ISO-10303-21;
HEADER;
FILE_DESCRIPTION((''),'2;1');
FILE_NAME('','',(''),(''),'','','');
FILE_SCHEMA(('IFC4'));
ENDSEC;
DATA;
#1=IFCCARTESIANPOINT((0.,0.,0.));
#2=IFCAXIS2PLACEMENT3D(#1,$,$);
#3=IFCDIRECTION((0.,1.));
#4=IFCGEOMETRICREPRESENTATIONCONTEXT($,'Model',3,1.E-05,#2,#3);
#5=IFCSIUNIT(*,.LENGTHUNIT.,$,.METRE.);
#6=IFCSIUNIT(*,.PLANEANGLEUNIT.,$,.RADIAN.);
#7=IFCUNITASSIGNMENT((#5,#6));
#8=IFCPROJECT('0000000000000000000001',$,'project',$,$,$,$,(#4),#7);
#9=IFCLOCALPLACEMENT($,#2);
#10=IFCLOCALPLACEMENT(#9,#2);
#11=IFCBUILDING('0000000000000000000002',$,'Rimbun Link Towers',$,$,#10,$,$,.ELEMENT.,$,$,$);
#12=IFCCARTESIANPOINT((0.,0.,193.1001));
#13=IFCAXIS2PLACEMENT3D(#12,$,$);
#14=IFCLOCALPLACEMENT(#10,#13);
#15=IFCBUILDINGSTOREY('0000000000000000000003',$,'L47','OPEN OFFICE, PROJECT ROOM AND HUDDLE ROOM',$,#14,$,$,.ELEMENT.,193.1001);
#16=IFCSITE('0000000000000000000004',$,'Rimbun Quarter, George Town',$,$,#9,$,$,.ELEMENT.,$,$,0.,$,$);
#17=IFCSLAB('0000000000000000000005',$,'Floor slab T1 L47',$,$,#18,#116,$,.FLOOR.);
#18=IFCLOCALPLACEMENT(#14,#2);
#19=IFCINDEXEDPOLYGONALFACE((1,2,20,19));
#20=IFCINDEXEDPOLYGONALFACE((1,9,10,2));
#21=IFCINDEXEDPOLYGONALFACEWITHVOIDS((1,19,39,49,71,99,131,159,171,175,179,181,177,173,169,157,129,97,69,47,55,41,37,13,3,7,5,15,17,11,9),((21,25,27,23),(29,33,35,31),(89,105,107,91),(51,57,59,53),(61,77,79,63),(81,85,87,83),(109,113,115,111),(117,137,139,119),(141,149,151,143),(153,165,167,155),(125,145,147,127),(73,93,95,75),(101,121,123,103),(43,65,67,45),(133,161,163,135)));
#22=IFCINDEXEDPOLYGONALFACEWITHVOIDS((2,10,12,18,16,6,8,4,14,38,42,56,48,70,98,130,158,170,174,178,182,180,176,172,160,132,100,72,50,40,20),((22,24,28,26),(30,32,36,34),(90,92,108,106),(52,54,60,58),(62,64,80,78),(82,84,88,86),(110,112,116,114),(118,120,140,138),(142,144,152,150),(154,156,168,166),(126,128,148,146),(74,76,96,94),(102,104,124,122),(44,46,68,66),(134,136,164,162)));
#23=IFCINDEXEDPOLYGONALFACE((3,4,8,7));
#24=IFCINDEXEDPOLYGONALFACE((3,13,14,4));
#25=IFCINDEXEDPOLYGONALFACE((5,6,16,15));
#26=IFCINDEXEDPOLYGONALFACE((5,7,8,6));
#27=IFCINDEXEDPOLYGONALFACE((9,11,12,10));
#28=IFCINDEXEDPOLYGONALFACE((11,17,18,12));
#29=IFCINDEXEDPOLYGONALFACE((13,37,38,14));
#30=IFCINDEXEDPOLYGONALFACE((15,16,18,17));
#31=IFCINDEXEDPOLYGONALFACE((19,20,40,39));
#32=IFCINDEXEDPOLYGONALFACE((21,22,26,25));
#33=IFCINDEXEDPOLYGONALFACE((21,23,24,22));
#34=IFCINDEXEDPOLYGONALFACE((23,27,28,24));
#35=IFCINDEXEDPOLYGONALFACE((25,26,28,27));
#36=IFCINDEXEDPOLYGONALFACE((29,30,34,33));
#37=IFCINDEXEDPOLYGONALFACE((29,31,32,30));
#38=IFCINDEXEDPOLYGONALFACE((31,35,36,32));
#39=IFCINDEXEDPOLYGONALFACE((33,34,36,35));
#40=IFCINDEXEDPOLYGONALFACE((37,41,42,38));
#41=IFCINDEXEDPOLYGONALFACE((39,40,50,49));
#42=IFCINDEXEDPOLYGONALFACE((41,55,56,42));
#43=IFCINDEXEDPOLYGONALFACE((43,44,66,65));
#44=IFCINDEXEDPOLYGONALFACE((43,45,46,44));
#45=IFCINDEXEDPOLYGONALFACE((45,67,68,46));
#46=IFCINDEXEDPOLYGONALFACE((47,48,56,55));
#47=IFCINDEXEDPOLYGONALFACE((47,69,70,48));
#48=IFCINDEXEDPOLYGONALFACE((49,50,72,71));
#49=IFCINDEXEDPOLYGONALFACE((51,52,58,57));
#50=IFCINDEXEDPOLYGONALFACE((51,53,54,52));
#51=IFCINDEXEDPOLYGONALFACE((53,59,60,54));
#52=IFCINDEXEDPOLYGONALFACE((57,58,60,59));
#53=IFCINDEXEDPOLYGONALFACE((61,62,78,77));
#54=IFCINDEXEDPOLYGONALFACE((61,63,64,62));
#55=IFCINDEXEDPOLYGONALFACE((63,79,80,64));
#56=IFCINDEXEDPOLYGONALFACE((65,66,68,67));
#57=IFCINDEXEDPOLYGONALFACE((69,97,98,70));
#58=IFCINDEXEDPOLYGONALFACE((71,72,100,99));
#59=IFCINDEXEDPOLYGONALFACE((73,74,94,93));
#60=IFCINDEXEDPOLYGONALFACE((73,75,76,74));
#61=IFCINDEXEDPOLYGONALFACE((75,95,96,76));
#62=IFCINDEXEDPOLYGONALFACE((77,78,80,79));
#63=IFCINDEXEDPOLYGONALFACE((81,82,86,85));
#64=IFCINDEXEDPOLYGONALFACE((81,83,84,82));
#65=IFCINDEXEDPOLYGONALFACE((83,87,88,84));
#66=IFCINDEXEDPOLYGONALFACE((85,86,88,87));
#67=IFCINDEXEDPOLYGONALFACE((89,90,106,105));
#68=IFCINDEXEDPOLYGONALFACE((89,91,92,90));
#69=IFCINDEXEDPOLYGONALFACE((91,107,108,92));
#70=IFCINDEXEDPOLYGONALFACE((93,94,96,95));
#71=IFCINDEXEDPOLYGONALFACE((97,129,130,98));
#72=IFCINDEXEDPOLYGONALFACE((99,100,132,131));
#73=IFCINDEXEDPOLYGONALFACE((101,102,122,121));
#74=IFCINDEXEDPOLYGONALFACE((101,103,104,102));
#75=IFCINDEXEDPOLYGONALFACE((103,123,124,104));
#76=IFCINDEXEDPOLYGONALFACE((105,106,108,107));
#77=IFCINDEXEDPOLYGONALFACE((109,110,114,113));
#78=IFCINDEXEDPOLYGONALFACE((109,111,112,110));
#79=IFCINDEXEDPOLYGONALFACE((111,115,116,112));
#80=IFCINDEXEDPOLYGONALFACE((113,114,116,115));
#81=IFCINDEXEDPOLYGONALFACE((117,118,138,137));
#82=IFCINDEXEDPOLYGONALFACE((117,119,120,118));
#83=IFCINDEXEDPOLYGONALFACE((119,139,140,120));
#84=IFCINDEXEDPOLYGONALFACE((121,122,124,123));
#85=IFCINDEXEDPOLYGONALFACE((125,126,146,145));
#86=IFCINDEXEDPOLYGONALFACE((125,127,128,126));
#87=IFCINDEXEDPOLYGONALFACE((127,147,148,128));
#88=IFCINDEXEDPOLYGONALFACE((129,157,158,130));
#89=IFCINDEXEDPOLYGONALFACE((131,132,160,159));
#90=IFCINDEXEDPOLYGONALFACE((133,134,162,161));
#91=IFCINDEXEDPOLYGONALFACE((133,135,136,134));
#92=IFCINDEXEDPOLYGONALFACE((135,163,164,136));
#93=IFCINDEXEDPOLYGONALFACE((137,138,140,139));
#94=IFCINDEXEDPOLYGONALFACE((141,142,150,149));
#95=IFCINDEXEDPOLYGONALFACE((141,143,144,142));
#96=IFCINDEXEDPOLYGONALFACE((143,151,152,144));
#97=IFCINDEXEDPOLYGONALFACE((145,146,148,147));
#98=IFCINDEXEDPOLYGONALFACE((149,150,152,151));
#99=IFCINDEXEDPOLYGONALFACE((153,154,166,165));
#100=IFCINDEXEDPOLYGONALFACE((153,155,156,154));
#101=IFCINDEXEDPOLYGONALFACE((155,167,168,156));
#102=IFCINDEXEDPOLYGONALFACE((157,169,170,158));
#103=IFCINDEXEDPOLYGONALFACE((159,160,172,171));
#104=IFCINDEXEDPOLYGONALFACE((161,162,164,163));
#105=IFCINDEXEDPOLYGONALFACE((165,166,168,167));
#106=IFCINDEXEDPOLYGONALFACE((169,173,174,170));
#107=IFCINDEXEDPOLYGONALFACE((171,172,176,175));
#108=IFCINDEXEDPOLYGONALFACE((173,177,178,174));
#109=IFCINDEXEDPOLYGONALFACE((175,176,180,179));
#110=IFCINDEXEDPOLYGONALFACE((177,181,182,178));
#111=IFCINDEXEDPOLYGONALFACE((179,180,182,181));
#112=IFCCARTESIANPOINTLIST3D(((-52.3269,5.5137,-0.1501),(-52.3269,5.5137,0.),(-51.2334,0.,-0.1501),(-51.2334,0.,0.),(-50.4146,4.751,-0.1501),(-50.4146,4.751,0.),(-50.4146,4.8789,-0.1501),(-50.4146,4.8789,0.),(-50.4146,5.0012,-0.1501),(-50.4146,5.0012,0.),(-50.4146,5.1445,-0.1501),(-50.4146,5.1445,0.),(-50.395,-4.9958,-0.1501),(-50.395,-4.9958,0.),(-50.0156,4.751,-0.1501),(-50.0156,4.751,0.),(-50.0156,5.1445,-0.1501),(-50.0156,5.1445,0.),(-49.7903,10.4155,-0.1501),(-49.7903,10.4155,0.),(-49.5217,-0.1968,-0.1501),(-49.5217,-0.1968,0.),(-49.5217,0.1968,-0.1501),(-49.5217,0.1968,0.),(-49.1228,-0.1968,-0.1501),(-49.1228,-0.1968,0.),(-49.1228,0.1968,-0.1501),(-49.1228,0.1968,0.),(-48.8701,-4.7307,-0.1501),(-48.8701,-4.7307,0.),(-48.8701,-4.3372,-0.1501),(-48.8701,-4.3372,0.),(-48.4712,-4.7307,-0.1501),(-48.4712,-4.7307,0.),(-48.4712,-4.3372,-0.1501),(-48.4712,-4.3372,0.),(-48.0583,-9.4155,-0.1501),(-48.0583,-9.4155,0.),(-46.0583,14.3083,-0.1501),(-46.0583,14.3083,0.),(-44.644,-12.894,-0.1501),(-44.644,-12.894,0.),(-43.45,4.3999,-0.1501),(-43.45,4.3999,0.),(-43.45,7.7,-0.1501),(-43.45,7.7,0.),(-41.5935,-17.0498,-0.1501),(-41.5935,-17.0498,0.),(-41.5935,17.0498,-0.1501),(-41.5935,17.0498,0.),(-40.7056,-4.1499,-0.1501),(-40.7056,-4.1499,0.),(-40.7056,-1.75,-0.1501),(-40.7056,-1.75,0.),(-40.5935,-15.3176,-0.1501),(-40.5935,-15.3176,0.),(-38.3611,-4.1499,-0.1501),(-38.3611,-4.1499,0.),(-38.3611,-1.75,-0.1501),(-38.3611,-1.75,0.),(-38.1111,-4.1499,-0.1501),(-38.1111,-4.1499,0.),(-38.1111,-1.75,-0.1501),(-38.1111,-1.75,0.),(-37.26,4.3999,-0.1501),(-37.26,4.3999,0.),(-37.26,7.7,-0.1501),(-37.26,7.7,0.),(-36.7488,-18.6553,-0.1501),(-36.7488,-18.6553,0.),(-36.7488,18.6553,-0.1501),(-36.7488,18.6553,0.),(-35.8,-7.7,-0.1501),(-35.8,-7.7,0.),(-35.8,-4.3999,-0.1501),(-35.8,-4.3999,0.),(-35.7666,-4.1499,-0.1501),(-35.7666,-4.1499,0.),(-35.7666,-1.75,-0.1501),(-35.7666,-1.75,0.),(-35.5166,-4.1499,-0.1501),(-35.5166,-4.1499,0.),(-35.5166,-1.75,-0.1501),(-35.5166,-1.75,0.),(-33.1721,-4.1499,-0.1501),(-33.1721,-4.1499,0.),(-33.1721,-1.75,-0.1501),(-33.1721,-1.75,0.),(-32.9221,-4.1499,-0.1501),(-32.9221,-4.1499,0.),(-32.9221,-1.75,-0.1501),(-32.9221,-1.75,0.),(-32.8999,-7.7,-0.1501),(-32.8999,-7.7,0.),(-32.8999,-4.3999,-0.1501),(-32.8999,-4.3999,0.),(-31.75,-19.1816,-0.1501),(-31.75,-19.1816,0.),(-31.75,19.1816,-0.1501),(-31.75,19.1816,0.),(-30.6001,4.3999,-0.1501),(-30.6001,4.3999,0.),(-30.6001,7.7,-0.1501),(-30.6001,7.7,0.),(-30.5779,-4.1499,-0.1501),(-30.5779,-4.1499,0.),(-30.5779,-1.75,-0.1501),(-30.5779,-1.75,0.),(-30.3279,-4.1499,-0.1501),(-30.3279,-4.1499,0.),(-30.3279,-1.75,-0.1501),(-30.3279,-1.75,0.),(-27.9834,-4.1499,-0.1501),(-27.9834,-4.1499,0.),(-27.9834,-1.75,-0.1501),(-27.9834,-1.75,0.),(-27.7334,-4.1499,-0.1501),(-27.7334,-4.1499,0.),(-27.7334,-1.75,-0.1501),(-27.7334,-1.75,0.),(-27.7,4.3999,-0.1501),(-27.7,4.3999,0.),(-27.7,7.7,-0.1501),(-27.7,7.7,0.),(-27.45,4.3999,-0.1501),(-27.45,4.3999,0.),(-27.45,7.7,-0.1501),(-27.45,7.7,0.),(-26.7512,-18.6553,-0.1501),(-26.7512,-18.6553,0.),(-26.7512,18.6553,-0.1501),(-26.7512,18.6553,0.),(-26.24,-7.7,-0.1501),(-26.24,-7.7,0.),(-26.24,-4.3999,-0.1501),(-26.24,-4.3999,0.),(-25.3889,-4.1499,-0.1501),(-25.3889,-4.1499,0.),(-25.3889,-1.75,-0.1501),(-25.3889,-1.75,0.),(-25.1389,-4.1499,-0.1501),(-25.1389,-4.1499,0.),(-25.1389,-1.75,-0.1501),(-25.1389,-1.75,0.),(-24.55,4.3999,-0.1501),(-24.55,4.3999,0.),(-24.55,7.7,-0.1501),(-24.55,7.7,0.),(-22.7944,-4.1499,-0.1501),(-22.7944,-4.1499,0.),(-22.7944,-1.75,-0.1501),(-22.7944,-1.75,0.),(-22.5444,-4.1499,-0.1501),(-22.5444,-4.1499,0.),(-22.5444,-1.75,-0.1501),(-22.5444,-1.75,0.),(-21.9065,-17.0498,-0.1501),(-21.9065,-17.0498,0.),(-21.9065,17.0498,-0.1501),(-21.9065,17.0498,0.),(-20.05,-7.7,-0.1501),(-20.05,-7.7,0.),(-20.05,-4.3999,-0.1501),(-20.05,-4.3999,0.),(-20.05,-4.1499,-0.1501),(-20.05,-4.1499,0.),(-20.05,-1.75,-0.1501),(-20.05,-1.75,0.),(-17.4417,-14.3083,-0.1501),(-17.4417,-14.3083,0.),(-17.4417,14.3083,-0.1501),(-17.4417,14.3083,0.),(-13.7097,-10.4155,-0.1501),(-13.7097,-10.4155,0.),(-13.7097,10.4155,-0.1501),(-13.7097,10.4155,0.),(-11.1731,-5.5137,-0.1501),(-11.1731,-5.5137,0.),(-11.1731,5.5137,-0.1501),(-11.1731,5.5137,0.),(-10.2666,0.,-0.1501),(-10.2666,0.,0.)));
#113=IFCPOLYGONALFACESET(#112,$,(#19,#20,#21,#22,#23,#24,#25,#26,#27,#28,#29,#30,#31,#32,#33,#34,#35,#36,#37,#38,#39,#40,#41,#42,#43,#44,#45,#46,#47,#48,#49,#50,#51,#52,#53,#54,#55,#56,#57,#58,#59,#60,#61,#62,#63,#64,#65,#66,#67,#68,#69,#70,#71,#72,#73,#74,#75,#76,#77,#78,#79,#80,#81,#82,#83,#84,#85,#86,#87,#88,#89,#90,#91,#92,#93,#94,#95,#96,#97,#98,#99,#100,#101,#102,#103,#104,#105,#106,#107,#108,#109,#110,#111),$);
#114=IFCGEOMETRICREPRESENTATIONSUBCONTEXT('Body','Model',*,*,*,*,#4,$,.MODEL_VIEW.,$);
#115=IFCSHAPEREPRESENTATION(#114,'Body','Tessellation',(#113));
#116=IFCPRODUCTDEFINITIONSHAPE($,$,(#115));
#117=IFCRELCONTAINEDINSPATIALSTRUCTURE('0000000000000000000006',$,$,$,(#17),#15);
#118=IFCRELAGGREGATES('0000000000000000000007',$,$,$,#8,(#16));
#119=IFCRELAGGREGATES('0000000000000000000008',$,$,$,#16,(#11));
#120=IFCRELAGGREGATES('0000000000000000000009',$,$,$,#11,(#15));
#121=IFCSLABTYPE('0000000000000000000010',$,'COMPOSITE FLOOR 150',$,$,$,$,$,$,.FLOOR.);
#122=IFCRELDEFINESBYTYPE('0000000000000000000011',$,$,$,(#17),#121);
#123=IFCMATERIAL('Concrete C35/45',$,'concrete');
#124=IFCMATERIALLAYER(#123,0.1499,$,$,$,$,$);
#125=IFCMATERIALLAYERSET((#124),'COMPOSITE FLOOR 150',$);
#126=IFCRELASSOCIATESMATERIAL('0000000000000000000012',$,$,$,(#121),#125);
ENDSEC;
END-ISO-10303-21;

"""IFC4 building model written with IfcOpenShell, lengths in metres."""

from ifc_helpers import new_model, si_unit, direction, frame, origin, place, context, subcontext, project, spatial, polyline, outline, extrude, material, layer, layer_set, type_object, element, save


model = new_model("IFC4")

# Units and contexts
model_context = context("Model", 3, precision=1e-05, world=origin(), true_north=direction((0.0, 1.0)))
body_context = subcontext(model_context, "Body", "Model", "MODEL_VIEW")
ifc_project = project(units=[si_unit("LENGTHUNIT", "METRE"), si_unit("PLANEANGLEUNIT", "RADIAN")], contexts=[model_context])

# Site, building, storey
site_placement = place(None, origin())
site = spatial("IfcSite", under=ifc_project, at=site_placement, Name="Rimbun Quarter, George Town", CompositionType="ELEMENT", RefElevation=0.0)
building_placement = place(site_placement, origin())
building = spatial("IfcBuilding", under=site, at=building_placement, Name="Rimbun Link Towers", CompositionType="ELEMENT")
storey_placement = place(building_placement, frame((0.0, 0.0, 193.1001)))
storey = spatial("IfcBuildingStorey", under=building, at=storey_placement, Name="L47", Description="OPEN OFFICE, PROJECT ROOM AND HUDDLE ROOM", CompositionType="ELEMENT", Elevation=193.1001)

# Slab
ifc_material_1 = material(Name="Concrete C35/45", Category="concrete")
ifc_layer_1 = layer(ifc_material_1, 0.1499)
ifc_layer_set_1 = layer_set([ifc_layer_1], Name="COMPOSITE FLOOR 150")
slab_type_1 = type_object("IfcSlabType", Name="COMPOSITE FLOOR 150", PredefinedType="FLOOR", material=ifc_layer_set_1)
slab_1_placement = place(storey_placement, frame((0.0, 0.0, -0.1501)))
element("IfcSlab", 1, at=slab_1_placement, inside=storey, type_object=slab_type_1, Name="Floor slab T1 L47", PredefinedType="FLOOR", context=body_context, shape_type="SweptSolid", body=[
    extrude(outline(polyline([(-52.3269, 5.5137), (-49.7903, 10.4155), (-46.0583, 14.3083), (-41.5935, 17.0498), (-36.7488, 18.6553), (-31.75, 19.1816), (-26.7512, 18.6553), (-21.9065, 17.0498), (-17.4417, 14.3083), (-13.7097, 10.4155), (-11.1731, 5.5137), (-10.2666, 0.0), (-11.1731, -5.5137), (-13.7097, -10.4155), (-17.4417, -14.3083), (-21.9065, -17.0498), (-26.7512, -18.6553), (-31.75, -19.1816), (-36.7488, -18.6553), (-41.5935, -17.0498), (-40.5935, -15.3176), (-44.644, -12.894), (-48.0583, -9.4155), (-50.395, -4.9958), (-51.2334, 0.0), (-50.4146, 4.8789), (-50.4146, 4.751), (-50.0156, 4.751), (-50.0156, 5.1445), (-50.4146, 5.1445), (-50.4146, 5.0012), (-52.3269, 5.5137)]), holes=[polyline([(-32.8999, -7.7), (-32.8999, -4.3999), (-35.8, -4.3999), (-35.8, -7.7), (-32.8999, -7.7)]), polyline([(-48.4712, -4.7307), (-48.4712, -4.3372), (-48.8701, -4.3372), (-48.8701, -4.7307), (-48.4712, -4.7307)]), polyline([(-38.3611, -4.1499), (-38.3611, -1.75), (-40.7056, -1.75), (-40.7056, -4.1499), (-38.3611, -4.1499)]), polyline([(-35.7666, -4.1499), (-35.7666, -1.75), (-38.1111, -1.75), (-38.1111, -4.1499), (-35.7666, -4.1499)]), polyline([(-33.1721, -4.1499), (-33.1721, -1.75), (-35.5166, -1.75), (-35.5166, -4.1499), (-33.1721, -4.1499)]), polyline([(-49.1228, -0.1968), (-49.1228, 0.1968), (-49.5217, 0.1968), (-49.5217, -0.1968), (-49.1228, -0.1968)]), polyline([(-37.26, 4.3999), (-37.26, 7.7), (-43.45, 7.7), (-43.45, 4.3999), (-37.26, 4.3999)]), polyline([(-20.05, -7.7), (-20.05, -4.3999), (-26.24, -4.3999), (-26.24, -7.7), (-20.05, -7.7)]), polyline([(-30.5779, -4.1499), (-30.5779, -1.75), (-32.9221, -1.75), (-32.9221, -4.1499), (-30.5779, -4.1499)]), polyline([(-27.9834, -4.1499), (-27.9834, -1.75), (-30.3279, -1.75), (-30.3279, -4.1499), (-27.9834, -4.1499)]), polyline([(-25.3889, -4.1499), (-25.3889, -1.75), (-27.7334, -1.75), (-27.7334, -4.1499), (-25.3889, -4.1499)]), polyline([(-22.7944, -4.1499), (-22.7944, -1.75), (-25.1389, -1.75), (-25.1389, -4.1499), (-22.7944, -4.1499)]), polyline([(-20.05, -4.1499), (-20.05, -1.75), (-22.5444, -1.75), (-22.5444, -4.1499), (-20.05, -4.1499)]), polyline([(-27.7, 4.3999), (-27.7, 7.7), (-30.6001, 7.7), (-30.6001, 4.3999), (-27.7, 4.3999)]), polyline([(-24.55, 4.3999), (-24.55, 7.7), (-27.45, 7.7), (-27.45, 4.3999), (-24.55, 4.3999)])]), origin(), (0.0, 0.0, 1.0), 0.1501),
])

save(model, "model.ifc")
